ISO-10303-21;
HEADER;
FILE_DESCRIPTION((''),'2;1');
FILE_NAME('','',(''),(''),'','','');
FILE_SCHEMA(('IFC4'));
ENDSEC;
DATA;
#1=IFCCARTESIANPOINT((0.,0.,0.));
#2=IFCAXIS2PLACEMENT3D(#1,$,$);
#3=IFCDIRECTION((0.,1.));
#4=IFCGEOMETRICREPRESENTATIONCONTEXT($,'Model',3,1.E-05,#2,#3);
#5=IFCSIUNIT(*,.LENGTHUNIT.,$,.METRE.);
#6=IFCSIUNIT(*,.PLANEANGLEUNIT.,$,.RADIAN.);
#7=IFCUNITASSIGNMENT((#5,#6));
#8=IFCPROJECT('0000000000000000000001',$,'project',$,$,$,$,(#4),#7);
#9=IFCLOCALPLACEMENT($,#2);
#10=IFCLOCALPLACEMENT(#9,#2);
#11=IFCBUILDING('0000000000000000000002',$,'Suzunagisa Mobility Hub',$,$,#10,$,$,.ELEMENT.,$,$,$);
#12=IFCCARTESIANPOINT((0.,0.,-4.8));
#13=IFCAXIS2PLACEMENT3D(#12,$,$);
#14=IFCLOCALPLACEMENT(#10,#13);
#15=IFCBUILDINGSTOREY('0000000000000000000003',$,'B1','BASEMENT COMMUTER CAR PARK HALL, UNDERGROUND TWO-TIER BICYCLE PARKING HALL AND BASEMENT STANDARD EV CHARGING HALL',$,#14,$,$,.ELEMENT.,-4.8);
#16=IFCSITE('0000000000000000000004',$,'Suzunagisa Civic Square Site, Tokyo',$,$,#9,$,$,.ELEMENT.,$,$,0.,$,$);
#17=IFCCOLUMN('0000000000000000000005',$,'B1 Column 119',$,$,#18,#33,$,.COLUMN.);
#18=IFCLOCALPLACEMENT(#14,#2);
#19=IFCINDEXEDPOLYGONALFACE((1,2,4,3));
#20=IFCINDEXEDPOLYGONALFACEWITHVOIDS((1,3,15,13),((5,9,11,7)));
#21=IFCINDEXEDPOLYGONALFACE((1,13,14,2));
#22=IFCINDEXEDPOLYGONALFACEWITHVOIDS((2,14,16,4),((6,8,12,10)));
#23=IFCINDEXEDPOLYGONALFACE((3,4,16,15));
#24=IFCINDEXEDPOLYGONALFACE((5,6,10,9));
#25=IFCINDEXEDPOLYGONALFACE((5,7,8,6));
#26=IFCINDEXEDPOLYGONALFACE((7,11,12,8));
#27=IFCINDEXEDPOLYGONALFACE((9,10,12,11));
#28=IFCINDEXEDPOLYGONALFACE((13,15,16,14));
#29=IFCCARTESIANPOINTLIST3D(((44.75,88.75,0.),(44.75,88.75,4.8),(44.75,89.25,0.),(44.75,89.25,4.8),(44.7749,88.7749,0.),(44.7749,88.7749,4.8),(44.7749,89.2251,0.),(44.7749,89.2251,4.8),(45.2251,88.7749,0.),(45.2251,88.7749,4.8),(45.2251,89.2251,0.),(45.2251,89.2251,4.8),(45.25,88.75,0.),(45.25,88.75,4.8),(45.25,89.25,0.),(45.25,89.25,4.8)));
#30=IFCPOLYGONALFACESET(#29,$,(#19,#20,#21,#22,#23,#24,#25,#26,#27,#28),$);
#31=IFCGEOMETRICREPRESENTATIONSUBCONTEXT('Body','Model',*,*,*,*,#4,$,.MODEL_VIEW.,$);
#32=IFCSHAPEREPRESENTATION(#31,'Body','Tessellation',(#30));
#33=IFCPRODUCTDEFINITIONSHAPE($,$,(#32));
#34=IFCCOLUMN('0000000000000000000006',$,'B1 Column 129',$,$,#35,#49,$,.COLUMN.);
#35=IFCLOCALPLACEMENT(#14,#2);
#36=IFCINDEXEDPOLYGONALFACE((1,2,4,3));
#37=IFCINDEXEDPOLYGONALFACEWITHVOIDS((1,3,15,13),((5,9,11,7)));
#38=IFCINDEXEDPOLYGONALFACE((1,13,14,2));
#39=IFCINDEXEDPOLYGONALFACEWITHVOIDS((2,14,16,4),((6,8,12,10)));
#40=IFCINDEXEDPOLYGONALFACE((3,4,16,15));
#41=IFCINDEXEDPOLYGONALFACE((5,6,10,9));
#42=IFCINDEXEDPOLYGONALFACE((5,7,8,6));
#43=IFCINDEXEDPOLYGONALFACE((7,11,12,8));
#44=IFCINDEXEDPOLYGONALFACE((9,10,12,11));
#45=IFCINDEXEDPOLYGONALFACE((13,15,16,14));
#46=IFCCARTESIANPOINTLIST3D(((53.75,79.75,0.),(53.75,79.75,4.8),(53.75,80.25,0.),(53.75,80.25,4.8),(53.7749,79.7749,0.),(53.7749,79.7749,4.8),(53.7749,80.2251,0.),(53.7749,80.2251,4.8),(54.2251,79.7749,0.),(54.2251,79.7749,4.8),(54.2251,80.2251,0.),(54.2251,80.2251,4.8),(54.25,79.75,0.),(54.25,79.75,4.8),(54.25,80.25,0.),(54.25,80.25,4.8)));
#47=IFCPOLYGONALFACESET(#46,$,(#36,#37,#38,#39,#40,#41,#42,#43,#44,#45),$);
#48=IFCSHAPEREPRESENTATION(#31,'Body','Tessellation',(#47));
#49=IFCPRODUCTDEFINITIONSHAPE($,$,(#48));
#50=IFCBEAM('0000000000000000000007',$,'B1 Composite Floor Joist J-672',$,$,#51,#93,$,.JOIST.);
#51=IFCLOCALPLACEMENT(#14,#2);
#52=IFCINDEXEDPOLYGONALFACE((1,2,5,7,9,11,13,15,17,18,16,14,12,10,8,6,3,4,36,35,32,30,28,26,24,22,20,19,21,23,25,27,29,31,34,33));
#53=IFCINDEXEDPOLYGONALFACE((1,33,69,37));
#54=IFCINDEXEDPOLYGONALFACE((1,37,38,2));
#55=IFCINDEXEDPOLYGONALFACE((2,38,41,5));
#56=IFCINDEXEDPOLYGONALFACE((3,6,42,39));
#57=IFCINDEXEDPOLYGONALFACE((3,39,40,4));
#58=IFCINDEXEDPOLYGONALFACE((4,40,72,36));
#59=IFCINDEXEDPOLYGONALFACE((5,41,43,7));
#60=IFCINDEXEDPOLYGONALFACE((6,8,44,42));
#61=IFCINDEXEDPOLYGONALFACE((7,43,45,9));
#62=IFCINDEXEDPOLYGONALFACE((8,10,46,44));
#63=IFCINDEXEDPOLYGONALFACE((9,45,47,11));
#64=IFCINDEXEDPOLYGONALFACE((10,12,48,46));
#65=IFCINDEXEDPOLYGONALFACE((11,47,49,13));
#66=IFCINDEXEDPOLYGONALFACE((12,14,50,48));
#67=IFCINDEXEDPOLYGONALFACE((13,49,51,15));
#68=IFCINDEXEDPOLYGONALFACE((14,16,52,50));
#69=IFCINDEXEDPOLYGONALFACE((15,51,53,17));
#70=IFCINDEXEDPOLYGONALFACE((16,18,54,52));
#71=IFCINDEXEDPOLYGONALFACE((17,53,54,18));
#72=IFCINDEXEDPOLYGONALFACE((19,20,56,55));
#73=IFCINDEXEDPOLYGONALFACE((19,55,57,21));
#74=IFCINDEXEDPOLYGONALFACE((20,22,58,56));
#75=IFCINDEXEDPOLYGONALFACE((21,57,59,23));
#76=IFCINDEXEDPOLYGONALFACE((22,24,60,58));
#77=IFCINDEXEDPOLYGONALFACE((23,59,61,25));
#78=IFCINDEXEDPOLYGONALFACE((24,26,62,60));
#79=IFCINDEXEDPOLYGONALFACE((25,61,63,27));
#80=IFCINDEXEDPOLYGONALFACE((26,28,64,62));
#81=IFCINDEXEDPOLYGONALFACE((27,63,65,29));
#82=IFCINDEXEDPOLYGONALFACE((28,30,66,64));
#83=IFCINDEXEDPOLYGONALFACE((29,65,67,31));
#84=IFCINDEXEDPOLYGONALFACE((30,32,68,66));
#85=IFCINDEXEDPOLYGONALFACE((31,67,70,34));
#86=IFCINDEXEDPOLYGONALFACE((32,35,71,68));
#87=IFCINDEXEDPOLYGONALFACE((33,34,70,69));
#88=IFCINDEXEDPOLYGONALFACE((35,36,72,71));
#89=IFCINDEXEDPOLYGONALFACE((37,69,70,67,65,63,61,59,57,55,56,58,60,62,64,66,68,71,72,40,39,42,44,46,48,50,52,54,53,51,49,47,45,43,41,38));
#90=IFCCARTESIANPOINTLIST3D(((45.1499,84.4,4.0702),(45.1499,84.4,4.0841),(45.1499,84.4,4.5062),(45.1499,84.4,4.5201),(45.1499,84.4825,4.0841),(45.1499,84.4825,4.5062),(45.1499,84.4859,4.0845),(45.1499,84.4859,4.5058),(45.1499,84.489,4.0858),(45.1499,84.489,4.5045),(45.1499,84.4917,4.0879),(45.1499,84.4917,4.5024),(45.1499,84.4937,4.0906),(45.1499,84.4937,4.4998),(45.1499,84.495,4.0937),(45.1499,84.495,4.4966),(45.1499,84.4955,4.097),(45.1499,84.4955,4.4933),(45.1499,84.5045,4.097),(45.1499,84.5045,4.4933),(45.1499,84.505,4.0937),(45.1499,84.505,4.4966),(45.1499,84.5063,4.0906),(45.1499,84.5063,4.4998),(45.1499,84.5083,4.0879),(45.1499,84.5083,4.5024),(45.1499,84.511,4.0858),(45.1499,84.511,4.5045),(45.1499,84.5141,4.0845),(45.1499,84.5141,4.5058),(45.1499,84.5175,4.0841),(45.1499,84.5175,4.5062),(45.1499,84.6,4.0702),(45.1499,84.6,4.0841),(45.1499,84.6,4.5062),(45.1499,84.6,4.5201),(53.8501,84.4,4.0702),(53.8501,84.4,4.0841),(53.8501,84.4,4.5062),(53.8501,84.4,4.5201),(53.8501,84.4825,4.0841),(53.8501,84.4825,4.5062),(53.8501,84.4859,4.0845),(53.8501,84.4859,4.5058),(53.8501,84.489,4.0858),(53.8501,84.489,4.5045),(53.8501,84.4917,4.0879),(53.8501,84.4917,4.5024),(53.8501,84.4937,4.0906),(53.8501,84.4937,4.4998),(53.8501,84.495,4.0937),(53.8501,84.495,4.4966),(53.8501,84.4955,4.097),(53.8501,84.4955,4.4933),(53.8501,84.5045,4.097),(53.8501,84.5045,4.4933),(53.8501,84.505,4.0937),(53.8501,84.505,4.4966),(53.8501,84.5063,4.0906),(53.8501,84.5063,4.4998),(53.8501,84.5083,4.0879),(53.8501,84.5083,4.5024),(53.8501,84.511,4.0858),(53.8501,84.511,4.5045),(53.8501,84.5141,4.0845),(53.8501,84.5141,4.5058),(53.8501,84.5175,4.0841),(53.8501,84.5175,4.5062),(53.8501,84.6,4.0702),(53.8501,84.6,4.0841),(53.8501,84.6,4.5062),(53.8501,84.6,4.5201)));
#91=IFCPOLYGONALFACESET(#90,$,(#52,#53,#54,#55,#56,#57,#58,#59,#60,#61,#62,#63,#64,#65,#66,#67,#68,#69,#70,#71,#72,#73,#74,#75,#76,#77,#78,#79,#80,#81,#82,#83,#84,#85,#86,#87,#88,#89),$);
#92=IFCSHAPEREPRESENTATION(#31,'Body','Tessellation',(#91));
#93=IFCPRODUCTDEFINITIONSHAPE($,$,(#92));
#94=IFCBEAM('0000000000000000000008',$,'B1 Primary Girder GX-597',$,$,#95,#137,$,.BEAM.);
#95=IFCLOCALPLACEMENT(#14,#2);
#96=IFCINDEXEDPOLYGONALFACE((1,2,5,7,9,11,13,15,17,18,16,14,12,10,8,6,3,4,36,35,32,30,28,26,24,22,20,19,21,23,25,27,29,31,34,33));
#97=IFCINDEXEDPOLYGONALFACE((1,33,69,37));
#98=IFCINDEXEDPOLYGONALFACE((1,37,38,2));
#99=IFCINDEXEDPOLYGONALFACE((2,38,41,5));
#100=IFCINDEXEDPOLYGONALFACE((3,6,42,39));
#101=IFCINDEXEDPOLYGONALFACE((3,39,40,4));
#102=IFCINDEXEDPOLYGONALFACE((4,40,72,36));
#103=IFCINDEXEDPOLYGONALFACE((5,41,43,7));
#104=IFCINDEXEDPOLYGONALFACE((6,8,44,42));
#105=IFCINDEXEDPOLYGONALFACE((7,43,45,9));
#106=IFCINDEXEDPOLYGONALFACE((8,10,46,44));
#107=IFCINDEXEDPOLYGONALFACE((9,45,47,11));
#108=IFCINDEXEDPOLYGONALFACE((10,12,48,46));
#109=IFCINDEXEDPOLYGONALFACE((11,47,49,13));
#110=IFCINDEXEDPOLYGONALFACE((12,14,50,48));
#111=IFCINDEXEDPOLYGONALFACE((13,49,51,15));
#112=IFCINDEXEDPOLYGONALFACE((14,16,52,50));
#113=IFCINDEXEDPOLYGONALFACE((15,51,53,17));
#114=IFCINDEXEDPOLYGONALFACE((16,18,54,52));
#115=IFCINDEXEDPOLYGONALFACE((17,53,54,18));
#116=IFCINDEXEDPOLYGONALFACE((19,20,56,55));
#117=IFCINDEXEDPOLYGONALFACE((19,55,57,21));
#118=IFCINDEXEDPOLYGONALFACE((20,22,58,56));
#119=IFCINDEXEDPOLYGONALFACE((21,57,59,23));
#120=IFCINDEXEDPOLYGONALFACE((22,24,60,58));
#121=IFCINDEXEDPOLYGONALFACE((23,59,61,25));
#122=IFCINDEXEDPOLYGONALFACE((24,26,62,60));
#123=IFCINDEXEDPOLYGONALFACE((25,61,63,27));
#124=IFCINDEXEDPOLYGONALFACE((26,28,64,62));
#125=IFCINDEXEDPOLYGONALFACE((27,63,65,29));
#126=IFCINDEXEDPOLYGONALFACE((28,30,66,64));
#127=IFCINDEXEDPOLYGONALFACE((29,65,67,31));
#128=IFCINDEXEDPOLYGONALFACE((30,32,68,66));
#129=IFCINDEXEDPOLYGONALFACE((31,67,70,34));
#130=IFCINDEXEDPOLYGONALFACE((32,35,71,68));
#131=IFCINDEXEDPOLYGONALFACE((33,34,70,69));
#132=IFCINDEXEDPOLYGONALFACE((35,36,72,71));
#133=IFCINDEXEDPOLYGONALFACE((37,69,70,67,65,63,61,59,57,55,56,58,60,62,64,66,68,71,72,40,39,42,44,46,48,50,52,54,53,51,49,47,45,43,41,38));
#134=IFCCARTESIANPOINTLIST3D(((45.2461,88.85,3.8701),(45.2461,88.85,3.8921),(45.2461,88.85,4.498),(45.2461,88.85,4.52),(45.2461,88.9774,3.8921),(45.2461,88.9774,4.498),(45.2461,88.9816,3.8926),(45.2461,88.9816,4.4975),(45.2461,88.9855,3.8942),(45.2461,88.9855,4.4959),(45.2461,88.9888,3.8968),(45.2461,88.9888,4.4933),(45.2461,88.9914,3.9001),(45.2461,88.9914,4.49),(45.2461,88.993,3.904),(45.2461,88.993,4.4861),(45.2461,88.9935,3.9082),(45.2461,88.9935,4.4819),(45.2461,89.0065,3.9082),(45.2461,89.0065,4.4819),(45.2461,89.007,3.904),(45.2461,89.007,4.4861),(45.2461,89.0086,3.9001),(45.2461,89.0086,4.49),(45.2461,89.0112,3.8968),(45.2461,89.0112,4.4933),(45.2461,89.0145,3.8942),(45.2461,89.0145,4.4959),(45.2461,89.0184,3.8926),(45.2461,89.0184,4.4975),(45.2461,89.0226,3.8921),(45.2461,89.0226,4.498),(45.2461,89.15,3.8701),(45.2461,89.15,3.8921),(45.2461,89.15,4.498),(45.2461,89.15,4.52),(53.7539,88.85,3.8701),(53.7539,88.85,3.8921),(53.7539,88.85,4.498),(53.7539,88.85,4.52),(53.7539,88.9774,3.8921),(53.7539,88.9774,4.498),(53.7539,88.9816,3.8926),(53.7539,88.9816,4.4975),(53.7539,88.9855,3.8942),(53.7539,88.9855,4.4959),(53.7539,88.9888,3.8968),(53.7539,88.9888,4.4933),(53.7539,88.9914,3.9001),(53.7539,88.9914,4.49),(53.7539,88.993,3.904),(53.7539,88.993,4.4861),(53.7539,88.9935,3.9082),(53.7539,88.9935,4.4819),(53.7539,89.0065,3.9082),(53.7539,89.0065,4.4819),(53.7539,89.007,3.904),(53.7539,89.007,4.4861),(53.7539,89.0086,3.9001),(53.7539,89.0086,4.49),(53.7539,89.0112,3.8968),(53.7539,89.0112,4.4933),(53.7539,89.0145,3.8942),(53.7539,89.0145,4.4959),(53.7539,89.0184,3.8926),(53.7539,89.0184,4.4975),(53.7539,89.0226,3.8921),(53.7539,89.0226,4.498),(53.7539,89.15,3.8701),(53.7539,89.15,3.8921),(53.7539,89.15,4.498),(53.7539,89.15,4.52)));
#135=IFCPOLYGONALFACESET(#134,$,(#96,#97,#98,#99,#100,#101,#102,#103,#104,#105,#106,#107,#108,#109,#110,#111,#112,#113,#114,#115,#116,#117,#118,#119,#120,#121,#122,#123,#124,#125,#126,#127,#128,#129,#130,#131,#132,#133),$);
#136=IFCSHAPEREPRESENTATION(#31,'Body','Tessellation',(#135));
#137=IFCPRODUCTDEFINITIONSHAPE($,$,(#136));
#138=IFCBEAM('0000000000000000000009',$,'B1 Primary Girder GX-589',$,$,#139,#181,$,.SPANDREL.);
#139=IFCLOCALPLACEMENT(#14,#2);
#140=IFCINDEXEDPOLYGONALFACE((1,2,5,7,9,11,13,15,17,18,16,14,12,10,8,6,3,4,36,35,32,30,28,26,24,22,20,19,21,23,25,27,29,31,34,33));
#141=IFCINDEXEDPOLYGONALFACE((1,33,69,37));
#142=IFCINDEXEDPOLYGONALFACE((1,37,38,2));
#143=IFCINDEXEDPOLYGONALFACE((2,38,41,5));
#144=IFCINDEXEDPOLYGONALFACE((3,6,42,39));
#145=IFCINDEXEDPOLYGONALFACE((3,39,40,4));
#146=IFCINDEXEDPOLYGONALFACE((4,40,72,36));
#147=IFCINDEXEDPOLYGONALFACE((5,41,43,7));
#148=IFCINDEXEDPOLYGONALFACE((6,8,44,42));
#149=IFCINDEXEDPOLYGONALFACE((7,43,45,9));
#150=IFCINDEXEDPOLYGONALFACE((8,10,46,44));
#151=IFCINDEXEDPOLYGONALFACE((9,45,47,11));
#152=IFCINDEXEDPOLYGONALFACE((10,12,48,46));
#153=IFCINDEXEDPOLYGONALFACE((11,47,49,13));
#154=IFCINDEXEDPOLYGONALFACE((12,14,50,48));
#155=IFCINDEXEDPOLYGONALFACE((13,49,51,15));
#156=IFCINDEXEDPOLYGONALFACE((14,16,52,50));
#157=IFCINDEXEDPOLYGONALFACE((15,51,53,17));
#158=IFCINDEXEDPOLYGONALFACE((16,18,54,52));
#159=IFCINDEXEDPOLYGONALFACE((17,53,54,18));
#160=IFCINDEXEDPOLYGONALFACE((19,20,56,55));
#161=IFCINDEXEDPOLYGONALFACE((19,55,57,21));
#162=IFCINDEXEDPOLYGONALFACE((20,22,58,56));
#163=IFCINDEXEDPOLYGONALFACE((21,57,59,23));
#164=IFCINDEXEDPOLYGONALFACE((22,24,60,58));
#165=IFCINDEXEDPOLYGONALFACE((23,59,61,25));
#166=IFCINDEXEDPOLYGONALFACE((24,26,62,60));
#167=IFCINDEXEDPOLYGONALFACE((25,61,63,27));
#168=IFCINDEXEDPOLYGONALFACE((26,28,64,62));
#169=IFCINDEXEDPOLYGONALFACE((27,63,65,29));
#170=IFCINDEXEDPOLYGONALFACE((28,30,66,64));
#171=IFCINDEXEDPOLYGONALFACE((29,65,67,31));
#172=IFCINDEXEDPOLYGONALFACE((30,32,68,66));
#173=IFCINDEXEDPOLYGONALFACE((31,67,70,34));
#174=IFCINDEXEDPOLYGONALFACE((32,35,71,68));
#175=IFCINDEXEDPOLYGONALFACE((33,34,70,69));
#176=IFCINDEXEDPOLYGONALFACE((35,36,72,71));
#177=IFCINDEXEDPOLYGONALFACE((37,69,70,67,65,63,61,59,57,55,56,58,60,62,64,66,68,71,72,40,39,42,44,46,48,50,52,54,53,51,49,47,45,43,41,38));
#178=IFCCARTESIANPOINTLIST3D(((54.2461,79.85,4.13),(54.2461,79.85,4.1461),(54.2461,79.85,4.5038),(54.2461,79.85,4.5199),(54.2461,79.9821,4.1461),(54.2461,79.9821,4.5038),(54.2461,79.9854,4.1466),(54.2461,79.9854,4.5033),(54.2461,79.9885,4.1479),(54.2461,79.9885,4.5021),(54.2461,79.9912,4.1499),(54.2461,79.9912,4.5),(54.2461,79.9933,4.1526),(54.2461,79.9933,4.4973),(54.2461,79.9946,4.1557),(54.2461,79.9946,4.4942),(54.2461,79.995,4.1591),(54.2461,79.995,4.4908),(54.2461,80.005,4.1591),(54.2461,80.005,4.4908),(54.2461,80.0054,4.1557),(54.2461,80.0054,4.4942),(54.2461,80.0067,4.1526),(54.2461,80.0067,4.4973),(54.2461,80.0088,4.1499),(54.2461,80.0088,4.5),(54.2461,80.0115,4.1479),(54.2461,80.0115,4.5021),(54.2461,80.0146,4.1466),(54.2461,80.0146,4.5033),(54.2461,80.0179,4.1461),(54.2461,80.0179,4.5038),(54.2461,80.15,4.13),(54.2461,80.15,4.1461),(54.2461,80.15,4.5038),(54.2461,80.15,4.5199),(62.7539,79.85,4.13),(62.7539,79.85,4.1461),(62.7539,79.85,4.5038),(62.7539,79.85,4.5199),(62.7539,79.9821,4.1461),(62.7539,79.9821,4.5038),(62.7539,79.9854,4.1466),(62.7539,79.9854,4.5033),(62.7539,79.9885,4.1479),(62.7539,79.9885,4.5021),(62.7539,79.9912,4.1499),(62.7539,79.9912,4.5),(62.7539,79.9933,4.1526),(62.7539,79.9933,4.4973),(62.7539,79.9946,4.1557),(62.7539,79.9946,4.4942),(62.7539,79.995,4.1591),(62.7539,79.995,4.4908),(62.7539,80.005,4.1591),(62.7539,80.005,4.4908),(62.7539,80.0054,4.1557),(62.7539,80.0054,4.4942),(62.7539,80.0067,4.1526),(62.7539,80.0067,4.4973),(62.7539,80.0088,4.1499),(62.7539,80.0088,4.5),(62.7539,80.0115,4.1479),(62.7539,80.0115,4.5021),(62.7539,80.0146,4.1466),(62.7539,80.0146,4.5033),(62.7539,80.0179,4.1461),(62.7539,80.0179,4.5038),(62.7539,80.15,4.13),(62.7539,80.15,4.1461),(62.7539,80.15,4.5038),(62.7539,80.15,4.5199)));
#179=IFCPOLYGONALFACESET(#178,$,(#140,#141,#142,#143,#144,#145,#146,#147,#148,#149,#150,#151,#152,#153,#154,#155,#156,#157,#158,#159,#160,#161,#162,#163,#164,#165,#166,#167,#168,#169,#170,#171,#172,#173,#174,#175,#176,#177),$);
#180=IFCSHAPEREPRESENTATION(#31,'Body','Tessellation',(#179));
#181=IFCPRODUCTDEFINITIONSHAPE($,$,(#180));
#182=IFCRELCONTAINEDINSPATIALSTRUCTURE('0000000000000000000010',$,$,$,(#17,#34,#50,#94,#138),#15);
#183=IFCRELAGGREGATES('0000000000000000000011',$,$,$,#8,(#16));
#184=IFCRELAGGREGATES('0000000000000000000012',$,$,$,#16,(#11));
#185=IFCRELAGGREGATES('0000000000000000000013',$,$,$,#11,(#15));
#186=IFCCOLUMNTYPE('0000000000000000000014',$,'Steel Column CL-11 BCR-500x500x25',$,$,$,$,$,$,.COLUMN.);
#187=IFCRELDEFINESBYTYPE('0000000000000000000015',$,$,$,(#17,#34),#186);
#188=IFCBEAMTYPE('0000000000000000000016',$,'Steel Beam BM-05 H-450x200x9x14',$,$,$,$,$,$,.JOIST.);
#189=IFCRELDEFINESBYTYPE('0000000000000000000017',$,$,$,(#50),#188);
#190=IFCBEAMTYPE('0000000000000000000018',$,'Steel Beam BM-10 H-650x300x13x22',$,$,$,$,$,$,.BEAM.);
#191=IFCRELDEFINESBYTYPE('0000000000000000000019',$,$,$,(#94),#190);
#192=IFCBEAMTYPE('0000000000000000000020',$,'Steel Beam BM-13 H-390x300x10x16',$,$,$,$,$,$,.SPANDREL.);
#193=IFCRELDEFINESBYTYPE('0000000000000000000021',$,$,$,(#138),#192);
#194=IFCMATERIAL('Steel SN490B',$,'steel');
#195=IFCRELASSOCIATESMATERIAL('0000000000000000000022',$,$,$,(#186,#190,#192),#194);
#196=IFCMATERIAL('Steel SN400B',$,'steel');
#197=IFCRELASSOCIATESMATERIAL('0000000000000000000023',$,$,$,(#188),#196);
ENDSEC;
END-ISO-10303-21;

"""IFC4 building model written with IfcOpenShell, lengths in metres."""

from ifc_helpers import new_model, si_unit, direction, frame, origin, origin_2d, place, context, subcontext, project, spatial, hollow_rectangle, i_section, extrude, material, material_profile, profile_set, type_object, element, save


model = new_model("IFC4")

# Units and contexts
model_context = context("Model", 3, precision=1e-05, world=origin(), true_north=direction((0.0, 1.0)))
body_context = subcontext(model_context, "Body", "Model", "MODEL_VIEW")
ifc_project = project(units=[si_unit("LENGTHUNIT", "METRE"), si_unit("PLANEANGLEUNIT", "RADIAN")], contexts=[model_context])

# Site, building, storey
site_placement = place(None, origin())
site = spatial("IfcSite", under=ifc_project, at=site_placement, Name="Suzunagisa Civic Square Site, Tokyo", CompositionType="ELEMENT", RefElevation=0.0)
building_placement = place(site_placement, origin())
building = spatial("IfcBuilding", under=site, at=building_placement, Name="Suzunagisa Mobility Hub", CompositionType="ELEMENT")
storey_placement = place(building_placement, frame((0.0, 0.0, -4.8)))
storey = spatial("IfcBuildingStorey", under=building, at=storey_placement, Name="B1", Description="BASEMENT COMMUTER CAR PARK HALL, UNDERGROUND TWO-TIER BICYCLE PARKING HALL AND BASEMENT STANDARD EV CHARGING HALL", CompositionType="ELEMENT", Elevation=-4.8)

# Columns
ifc_material_1 = material(Name="Steel SN490B", Category="steel")
ifc_material_profile_1 = material_profile(ifc_material_1, hollow_rectangle(XDim=0.5, YDim=0.5, WallThickness=0.0249, at=origin_2d()), Name="BCR-500x500x25")
ifc_profile_set_1 = profile_set([ifc_material_profile_1], Name="Steel SN490B")
column_type = type_object("IfcColumnType", Name="Steel Column CL-11 BCR-500x500x25", PredefinedType="COLUMN", material=ifc_profile_set_1)
for number, where, z_axis, x_axis, name in (
    (1, (45.0, 89.0, 0.0), (0.0, 0.0, 1.0), (1.0, 0.0, 0.0), "B1 Column 119"),
    (2, (54.0, 80.0, 0.0), (0.0, 0.0, 1.0), (1.0, 0.0, 0.0), "B1 Column 129"),
):
    element("IfcColumn", number, at=place(storey_placement, frame(where, z_axis=z_axis, x_axis=x_axis)), inside=storey, type_object=column_type, Name=name, PredefinedType="COLUMN", context=body_context, shape_type="SweptSolid", body=[
        extrude(hollow_rectangle(XDim=0.5, YDim=0.5, WallThickness=0.0249, at=origin_2d()), origin(), (0.0, 0.0, 1.0), 4.8),
    ])

# Beams
ifc_material_2 = material(Name="Steel SN400B", Category="steel")
ifc_material_profile_2 = material_profile(ifc_material_2, i_section(OverallWidth=0.2, OverallDepth=0.45, WebThickness=0.009, FlangeThickness=0.0139, FilletRadius=0.0129, at=origin_2d()), Name="H-450x200x9x14")
ifc_profile_set_2 = profile_set([ifc_material_profile_2], Name="Steel SN400B")
beam_type_1 = type_object("IfcBeamType", Name="Steel Beam BM-05 H-450x200x9x14", PredefinedType="JOIST", material=ifc_profile_set_2)
beam_1_placement = place(storey_placement, frame((45.1499, 84.5, 4.2952), z_axis=(1.0, 0.0, 0.0), x_axis=(0.0, 1.0, 0.0)))
element("IfcBeam", 3, at=beam_1_placement, inside=storey, type_object=beam_type_1, Name="B1 Composite Floor Joist J-672", PredefinedType="JOIST", context=body_context, shape_type="SweptSolid", body=[
    extrude(i_section(OverallWidth=0.2, OverallDepth=0.45, WebThickness=0.009, FlangeThickness=0.0139, FilletRadius=0.0129, at=origin_2d()), origin(), (0.0, 0.0, 1.0), 8.7002),
])
ifc_material_profile_3 = material_profile(ifc_material_1, i_section(OverallWidth=0.3, OverallDepth=0.6499, WebThickness=0.0129, FlangeThickness=0.022, FilletRadius=0.0161, at=origin_2d()), Name="H-650x300x13x22")
ifc_profile_set_3 = profile_set([ifc_material_profile_3], Name="Steel SN490B")
beam_type_2 = type_object("IfcBeamType", Name="Steel Beam BM-10 H-650x300x13x22", PredefinedType="BEAM", material=ifc_profile_set_3)
beam_2_placement = place(storey_placement, frame((45.2461, 89.0, 4.1951), z_axis=(1.0, 0.0, 0.0), x_axis=(0.0, 1.0, 0.0)))
element("IfcBeam", 4, at=beam_2_placement, inside=storey, type_object=beam_type_2, Name="B1 Primary Girder GX-597", PredefinedType="BEAM", context=body_context, shape_type="SweptSolid", body=[
    extrude(i_section(OverallWidth=0.3, OverallDepth=0.6499, WebThickness=0.0129, FlangeThickness=0.022, FilletRadius=0.0161, at=origin_2d()), origin(), (0.0, 0.0, 1.0), 8.5078),
])
ifc_material_profile_4 = material_profile(ifc_material_1, i_section(OverallWidth=0.3, OverallDepth=0.3899, WebThickness=0.01, FlangeThickness=0.0161, FilletRadius=0.0129, at=origin_2d()), Name="H-390x300x10x16")
ifc_profile_set_4 = profile_set([ifc_material_profile_4], Name="Steel SN490B")
beam_type_3 = type_object("IfcBeamType", Name="Steel Beam BM-13 H-390x300x10x16", PredefinedType="SPANDREL", material=ifc_profile_set_4)
for number, where, z_axis, x_axis, name in (
    (5, (54.2461, 80.0, 4.325), (1.0, 0.0, 0.0), (0.0, 1.0, 0.0), "B1 Primary Girder GX-589"),
):
    element("IfcBeam", number, at=place(storey_placement, frame(where, z_axis=z_axis, x_axis=x_axis)), inside=storey, type_object=beam_type_3, Name=name, PredefinedType="SPANDREL", context=body_context, shape_type="SweptSolid", body=[
        extrude(i_section(OverallWidth=0.3, OverallDepth=0.3899, WebThickness=0.01, FlangeThickness=0.0161, FilletRadius=0.0129, at=origin_2d()), origin(), (0.0, 0.0, 1.0), 8.5078),
    ])

save(model, "model.ifc")
